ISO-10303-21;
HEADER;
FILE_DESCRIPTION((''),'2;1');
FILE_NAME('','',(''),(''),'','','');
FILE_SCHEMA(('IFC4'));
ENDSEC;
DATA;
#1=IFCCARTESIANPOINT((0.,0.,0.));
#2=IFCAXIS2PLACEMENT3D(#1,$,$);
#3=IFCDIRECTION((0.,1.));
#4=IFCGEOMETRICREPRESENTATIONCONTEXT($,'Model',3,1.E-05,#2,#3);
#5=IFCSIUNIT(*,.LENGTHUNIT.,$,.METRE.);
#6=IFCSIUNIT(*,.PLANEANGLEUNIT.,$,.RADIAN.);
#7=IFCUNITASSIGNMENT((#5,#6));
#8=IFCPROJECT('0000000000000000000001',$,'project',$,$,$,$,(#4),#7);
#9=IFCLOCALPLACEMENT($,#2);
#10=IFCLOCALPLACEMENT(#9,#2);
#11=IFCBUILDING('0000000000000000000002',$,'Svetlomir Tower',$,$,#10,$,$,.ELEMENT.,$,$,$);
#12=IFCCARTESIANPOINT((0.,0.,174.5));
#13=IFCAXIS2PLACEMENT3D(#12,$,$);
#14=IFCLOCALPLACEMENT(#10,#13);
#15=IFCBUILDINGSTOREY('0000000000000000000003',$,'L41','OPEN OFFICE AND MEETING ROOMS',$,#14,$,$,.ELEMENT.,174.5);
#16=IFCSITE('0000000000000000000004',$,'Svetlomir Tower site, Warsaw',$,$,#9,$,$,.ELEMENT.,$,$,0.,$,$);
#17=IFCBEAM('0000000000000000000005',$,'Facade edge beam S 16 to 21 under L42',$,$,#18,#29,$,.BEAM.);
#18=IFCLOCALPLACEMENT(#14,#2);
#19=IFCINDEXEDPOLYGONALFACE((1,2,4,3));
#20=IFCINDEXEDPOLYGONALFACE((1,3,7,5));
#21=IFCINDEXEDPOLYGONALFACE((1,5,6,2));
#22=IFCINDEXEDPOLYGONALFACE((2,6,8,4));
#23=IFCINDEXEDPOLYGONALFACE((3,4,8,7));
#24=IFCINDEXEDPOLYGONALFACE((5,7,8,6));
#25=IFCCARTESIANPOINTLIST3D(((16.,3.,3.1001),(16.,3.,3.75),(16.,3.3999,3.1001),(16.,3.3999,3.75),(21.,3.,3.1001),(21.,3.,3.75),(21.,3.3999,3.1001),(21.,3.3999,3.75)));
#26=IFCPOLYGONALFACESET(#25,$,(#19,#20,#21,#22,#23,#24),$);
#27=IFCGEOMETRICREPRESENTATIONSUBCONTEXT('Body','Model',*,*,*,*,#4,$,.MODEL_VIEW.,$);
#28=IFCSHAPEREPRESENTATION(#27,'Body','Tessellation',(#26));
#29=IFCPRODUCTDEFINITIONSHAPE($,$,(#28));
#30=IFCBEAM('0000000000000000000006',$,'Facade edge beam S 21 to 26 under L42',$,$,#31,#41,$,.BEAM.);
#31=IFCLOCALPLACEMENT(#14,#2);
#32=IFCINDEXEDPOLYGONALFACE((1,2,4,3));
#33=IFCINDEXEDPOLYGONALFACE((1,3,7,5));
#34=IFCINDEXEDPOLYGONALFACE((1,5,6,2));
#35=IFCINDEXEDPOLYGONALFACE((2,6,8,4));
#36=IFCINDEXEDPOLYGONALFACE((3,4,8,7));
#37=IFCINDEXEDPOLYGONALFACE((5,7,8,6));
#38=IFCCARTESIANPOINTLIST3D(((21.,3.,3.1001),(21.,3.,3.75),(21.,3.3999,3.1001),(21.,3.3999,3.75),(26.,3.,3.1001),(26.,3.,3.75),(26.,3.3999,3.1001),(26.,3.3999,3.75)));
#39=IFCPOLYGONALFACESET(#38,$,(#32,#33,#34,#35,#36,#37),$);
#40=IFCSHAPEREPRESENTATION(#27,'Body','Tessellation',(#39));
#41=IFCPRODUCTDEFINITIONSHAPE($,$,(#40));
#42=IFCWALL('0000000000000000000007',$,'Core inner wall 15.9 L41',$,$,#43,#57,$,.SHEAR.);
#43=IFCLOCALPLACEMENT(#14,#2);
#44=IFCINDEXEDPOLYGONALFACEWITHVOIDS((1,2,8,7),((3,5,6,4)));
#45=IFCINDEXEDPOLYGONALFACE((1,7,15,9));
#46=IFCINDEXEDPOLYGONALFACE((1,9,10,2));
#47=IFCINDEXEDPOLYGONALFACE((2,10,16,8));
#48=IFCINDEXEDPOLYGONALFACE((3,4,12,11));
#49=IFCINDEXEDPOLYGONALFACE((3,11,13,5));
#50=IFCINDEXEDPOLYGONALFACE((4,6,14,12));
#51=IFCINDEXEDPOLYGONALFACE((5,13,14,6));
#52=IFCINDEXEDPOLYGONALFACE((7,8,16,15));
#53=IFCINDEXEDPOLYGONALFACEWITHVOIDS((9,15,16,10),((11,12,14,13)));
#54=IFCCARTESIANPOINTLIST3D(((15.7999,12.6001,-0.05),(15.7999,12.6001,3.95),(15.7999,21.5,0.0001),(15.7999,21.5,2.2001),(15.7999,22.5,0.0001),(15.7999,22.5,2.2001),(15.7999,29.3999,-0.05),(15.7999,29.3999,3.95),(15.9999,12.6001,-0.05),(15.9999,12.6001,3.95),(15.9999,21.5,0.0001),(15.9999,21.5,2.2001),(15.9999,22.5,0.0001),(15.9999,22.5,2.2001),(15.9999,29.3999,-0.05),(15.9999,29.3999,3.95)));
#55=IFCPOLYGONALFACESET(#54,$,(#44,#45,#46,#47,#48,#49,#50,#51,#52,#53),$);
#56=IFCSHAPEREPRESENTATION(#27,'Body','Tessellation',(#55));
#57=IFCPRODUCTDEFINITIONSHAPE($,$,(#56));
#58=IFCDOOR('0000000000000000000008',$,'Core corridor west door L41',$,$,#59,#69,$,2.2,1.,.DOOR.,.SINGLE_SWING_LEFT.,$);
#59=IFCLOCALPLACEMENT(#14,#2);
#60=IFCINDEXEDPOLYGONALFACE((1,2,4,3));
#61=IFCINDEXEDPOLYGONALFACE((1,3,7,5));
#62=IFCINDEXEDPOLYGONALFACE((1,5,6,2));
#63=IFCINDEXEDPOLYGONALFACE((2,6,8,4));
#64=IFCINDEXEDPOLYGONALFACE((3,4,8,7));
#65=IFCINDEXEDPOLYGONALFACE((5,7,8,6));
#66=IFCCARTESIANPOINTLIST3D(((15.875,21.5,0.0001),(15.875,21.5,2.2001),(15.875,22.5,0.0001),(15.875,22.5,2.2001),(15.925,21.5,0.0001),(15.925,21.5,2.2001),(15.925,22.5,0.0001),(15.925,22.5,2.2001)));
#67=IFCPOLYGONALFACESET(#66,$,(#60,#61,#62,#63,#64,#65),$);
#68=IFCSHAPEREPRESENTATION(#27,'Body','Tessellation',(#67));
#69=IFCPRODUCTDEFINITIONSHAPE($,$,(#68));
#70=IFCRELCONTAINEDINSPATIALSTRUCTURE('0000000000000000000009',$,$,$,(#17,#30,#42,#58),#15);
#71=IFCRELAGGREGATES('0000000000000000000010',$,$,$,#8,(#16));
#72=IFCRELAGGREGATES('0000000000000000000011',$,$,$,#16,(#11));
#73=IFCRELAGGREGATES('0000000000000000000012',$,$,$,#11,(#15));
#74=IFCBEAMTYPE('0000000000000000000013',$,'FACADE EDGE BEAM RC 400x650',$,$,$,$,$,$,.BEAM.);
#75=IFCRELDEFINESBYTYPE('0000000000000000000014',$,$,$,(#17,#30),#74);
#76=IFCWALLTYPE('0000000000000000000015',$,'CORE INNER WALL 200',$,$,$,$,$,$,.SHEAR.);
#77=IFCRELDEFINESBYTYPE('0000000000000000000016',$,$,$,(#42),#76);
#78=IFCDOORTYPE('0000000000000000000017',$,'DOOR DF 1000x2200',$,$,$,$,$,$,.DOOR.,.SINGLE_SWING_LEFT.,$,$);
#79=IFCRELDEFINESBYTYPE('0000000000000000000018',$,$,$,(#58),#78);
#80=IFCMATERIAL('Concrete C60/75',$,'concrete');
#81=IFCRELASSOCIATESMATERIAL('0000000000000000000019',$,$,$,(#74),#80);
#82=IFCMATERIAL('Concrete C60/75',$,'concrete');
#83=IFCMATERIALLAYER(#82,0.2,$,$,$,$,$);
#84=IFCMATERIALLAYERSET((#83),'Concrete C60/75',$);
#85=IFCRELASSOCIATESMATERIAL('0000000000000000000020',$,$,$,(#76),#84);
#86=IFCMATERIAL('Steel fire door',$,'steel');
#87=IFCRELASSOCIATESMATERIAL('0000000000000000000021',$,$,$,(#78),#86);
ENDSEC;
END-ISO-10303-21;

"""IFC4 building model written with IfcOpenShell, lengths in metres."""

from ifc_helpers import new_model, si_unit, direction, frame, frame_2d, origin, origin_2d, place, context, subcontext, project, spatial, rectangle, extrude, material, layer, layer_set, material_profile, profile_set, type_object, element, fill, save


model = new_model("IFC4")

# Units and contexts
model_context = context("Model", 3, precision=1e-05, world=origin(), true_north=direction((0.0, 1.0)))
body_context = subcontext(model_context, "Body", "Model", "MODEL_VIEW")
ifc_project = project(units=[si_unit("LENGTHUNIT", "METRE"), si_unit("PLANEANGLEUNIT", "RADIAN")], contexts=[model_context])

# Site, building, storey
site_placement = place(None, origin())
site = spatial("IfcSite", under=ifc_project, at=site_placement, Name="Svetlomir Tower site, Warsaw", CompositionType="ELEMENT", RefElevation=0.0)
building_placement = place(site_placement, origin())
building = spatial("IfcBuilding", under=site, at=building_placement, Name="Svetlomir Tower", CompositionType="ELEMENT")
storey_placement = place(building_placement, frame((0.0, 0.0, 174.5)))
storey = spatial("IfcBuildingStorey", under=building, at=storey_placement, Name="L41", Description="OPEN OFFICE AND MEETING ROOMS", CompositionType="ELEMENT", Elevation=174.5)

# Beams
ifc_material_1 = material(Name="Concrete C60/75", Category="concrete")
ifc_material_profile = material_profile(ifc_material_1, rectangle(XDim=0.3999, YDim=0.6499, at=origin_2d()), Name="RC 400x650")
ifc_profile_set = profile_set([ifc_material_profile], Name="Concrete C60/75")
beam_type = type_object("IfcBeamType", Name="FACADE EDGE BEAM RC 400x650", PredefinedType="BEAM", material=ifc_profile_set)
for number, where, z_axis, x_axis, name in (
    (1, (16.0, 3.2, 3.425), (1.0, 0.0, 0.0), (0.0, 1.0, 0.0), "Facade edge beam S 16 to 21 under L42"),
    (2, (21.0, 3.2, 3.425), (1.0, 0.0, 0.0), (0.0, 1.0, 0.0), "Facade edge beam S 21 to 26 under L42"),
):
    element("IfcBeam", number, at=place(storey_placement, frame(where, z_axis=z_axis, x_axis=x_axis)), inside=storey, type_object=beam_type, Name=name, PredefinedType="BEAM", context=body_context, shape_type="SweptSolid", body=[
        extrude(rectangle(XDim=0.3999, YDim=0.6499, at=origin_2d()), origin(), (0.0, 0.0, 1.0), 5.0),
    ])

# Wall, opening, door
ifc_material_2 = material(Name="Concrete C60/75", Category="concrete")
ifc_layer_1 = layer(ifc_material_2, 0.2)
ifc_layer_set_1 = layer_set([ifc_layer_1], Name="Concrete C60/75")
wall_type_1 = type_object("IfcWallType", Name="CORE INNER WALL 200", PredefinedType="SHEAR", material=ifc_layer_set_1)
wall_1_placement = place(storey_placement, frame((15.8999, 12.6001, -0.05), z_axis=(0.0, 0.0, 1.0), x_axis=(0.0, 1.0, 0.0)))
wall_1 = element("IfcWall", 3, at=wall_1_placement, inside=storey, type_object=wall_type_1, Name="Core inner wall 15.9 L41", PredefinedType="SHEAR", context=body_context, shape_type="SweptSolid", body=[
    extrude(rectangle(XDim=16.7998, YDim=0.2, at=frame_2d((8.3999, 0.0))), origin(), (0.0, 0.0, 1.0), 4.0),
])
opening_1_placement = place(wall_1_placement, frame((8.8999, 0.0, 0.05)))
opening_1 = element("IfcOpeningElement", 4, at=opening_1_placement, cuts=wall_1, PredefinedType="OPENING", context=body_context, shape_type="SweptSolid", body=[
    extrude(rectangle(XDim=1.0, YDim=2.2, at=frame_2d((0.5, 1.1001))), frame((0.0, 0.1099, 0.0), z_axis=(0.0, -1.0, 0.0), x_axis=(1.0, 0.0, 0.0)), (0.0, 0.0, 1.0), 0.22),
])
ifc_material_3 = material(Name="Steel fire door", Category="steel")
door_type_1 = type_object("IfcDoorType", Name="DOOR DF 1000x2200", OperationType="SINGLE_SWING_LEFT", PredefinedType="DOOR", material=ifc_material_3)
door_1_placement = place(opening_1_placement, origin())
door_1 = element("IfcDoor", 5, at=door_1_placement, inside=storey, type_object=door_type_1, Name="Core corridor west door L41", OperationType="SINGLE_SWING_LEFT", OverallHeight=2.2, OverallWidth=1.0, PredefinedType="DOOR", context=body_context, shape_type="SweptSolid", body=[
    extrude(rectangle(XDim=1.0, YDim=2.2, at=frame_2d((0.5, 1.1001))), frame((0.0, 0.0249, 0.0), z_axis=(0.0, -1.0, 0.0), x_axis=(1.0, 0.0, 0.0)), (0.0, 0.0, 1.0), 0.05),
])
fill(opening_1, door_1)

save(model, "model.ifc")
